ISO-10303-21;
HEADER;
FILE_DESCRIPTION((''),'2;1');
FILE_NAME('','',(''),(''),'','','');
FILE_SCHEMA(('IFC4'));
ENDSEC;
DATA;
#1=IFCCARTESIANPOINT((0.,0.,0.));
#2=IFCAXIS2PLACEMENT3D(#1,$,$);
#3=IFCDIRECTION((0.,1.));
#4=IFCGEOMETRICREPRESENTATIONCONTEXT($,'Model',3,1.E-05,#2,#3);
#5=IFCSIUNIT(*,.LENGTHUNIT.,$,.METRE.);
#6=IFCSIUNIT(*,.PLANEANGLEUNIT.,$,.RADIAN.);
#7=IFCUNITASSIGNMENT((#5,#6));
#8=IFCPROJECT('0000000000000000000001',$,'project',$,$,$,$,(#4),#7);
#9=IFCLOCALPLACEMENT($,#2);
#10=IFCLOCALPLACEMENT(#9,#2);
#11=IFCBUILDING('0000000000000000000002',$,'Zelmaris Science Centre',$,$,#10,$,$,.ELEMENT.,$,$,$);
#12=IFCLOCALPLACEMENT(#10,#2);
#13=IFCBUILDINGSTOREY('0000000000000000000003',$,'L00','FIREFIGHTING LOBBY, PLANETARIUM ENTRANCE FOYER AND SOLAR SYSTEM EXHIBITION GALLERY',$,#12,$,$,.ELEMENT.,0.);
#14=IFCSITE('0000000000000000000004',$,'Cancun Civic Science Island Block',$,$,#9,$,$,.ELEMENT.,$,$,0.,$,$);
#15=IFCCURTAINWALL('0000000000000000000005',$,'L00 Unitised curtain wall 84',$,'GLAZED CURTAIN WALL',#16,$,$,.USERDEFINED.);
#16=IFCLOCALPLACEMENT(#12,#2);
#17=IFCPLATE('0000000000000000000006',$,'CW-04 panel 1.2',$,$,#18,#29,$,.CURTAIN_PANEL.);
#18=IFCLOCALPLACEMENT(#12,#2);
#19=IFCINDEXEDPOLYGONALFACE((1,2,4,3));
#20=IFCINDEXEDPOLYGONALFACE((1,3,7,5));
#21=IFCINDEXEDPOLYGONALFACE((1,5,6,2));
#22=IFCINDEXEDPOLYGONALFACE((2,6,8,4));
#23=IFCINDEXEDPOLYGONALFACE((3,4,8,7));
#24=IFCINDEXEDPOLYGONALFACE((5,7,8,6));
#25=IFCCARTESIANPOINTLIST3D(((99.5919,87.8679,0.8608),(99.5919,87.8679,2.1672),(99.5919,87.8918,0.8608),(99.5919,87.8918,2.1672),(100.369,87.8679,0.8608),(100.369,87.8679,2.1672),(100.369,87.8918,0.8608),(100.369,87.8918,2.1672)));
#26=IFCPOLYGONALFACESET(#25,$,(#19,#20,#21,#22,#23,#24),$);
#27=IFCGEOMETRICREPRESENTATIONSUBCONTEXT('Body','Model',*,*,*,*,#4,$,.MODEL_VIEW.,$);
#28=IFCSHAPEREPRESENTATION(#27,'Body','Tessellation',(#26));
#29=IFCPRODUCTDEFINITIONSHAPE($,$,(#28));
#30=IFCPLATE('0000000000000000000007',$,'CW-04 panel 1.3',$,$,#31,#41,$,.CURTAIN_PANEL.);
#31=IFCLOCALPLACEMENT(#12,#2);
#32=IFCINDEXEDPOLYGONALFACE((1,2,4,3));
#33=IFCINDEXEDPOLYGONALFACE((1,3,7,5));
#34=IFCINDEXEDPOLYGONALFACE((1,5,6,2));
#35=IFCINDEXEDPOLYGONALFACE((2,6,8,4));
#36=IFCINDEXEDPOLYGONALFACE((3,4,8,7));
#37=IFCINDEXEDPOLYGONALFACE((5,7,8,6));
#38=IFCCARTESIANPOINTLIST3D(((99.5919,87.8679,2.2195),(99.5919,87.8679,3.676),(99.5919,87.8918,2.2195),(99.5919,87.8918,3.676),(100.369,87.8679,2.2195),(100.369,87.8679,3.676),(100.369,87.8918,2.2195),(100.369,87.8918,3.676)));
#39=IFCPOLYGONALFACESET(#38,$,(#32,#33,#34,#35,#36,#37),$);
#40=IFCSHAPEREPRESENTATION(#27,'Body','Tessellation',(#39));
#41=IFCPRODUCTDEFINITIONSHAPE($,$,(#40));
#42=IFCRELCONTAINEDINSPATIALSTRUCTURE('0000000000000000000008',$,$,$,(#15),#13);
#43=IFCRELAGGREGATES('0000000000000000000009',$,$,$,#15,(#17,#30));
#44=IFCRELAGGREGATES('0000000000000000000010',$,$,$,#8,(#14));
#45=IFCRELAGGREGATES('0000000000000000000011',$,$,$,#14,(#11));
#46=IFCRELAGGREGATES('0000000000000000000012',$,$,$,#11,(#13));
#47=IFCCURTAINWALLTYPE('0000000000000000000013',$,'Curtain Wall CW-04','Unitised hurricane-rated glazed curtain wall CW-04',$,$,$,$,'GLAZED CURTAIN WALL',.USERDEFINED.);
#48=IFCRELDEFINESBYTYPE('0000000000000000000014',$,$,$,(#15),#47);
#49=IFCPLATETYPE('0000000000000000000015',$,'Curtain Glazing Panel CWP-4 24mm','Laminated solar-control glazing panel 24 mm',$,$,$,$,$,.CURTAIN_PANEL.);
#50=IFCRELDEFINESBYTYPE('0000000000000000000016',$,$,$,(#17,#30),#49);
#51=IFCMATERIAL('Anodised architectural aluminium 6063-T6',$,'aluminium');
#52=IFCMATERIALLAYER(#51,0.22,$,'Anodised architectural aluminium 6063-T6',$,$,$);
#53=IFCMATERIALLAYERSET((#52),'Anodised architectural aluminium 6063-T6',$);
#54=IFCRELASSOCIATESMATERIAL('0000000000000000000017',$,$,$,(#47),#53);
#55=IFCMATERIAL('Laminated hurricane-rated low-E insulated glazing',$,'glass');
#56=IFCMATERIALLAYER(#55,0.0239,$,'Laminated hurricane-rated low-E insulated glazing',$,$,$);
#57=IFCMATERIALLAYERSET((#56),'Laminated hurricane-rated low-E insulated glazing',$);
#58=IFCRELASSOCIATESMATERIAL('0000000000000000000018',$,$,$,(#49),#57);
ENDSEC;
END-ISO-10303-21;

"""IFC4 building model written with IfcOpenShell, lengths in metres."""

from ifc_helpers import new_model, si_unit, direction, frame, origin, origin_2d, place, context, subcontext, project, spatial, rectangle, extrude, material, layer, layer_set, type_object, element, aggregate, save


model = new_model("IFC4")

# Units and contexts
model_context = context("Model", 3, precision=1e-05, world=origin(), true_north=direction((0.0, 1.0)))
body_context = subcontext(model_context, "Body", "Model", "MODEL_VIEW")
ifc_project = project(units=[si_unit("LENGTHUNIT", "METRE"), si_unit("PLANEANGLEUNIT", "RADIAN")], contexts=[model_context])

# Site, building, storey
site_placement = place(None, origin())
site = spatial("IfcSite", under=ifc_project, at=site_placement, Name="Cancun Civic Science Island Block", CompositionType="ELEMENT", RefElevation=0.0)
building_placement = place(site_placement, origin())
building = spatial("IfcBuilding", under=site, at=building_placement, Name="Zelmaris Science Centre", CompositionType="ELEMENT")
storey_placement = place(building_placement, origin())
storey = spatial("IfcBuildingStorey", under=building, at=storey_placement, Name="L00", Description="FIREFIGHTING LOBBY, PLANETARIUM ENTRANCE FOYER AND SOLAR SYSTEM EXHIBITION GALLERY", CompositionType="ELEMENT", Elevation=0.0)

# Curtain wall
ifc_material_1 = material(Name="Anodised architectural aluminium 6063-T6", Category="aluminium")
ifc_layer_1 = layer(ifc_material_1, 0.22, Name="Anodised architectural aluminium 6063-T6")
ifc_layer_set_1 = layer_set([ifc_layer_1], Name="Anodised architectural aluminium 6063-T6")
curtain_wall_type_1 = type_object("IfcCurtainWallType", Name="Curtain Wall CW-04", Description="Unitised hurricane-rated glazed curtain wall CW-04", ElementType="GLAZED CURTAIN WALL", PredefinedType="USERDEFINED", material=ifc_layer_set_1)
curtain_wall_1_placement = place(storey_placement, origin())
curtain_wall_1 = element("IfcCurtainWall", 1, at=curtain_wall_1_placement, inside=storey, type_object=curtain_wall_type_1, Name="L00 Unitised curtain wall 84", ObjectType="GLAZED CURTAIN WALL", PredefinedType="USERDEFINED")

# Plates
ifc_material_2 = material(Name="Laminated hurricane-rated low-E insulated glazing", Category="glass")
ifc_layer_2 = layer(ifc_material_2, 0.0239, Name="Laminated hurricane-rated low-E insulated glazing")
ifc_layer_set_2 = layer_set([ifc_layer_2], Name="Laminated hurricane-rated low-E insulated glazing")
plate_type_1 = type_object("IfcPlateType", Name="Curtain Glazing Panel CWP-4 24mm", Description="Laminated solar-control glazing panel 24 mm", PredefinedType="CURTAIN_PANEL", material=ifc_layer_set_2)
plate_1_placement = place(storey_placement, frame((99.9805, 87.8799, 0.8608), z_axis=(0.0, 0.0, 1.0), x_axis=(1.0, 0.0, 0.0)))
plate_1 = element("IfcPlate", 2, at=plate_1_placement, type_object=plate_type_1, Name="CW-04 panel 1.2", PredefinedType="CURTAIN_PANEL", context=body_context, shape_type="SweptSolid", body=[
    extrude(rectangle(XDim=0.7771, YDim=0.0239, at=origin_2d()), origin(), (0.0, 0.0, 1.0), 1.3064),
])
plate_2_placement = place(storey_placement, frame((99.9805, 87.8799, 2.2195), z_axis=(0.0, 0.0, 1.0), x_axis=(1.0, 0.0, 0.0)))
plate_2 = element("IfcPlate", 3, at=plate_2_placement, type_object=plate_type_1, Name="CW-04 panel 1.3", PredefinedType="CURTAIN_PANEL", context=body_context, shape_type="SweptSolid", body=[
    extrude(rectangle(XDim=0.7771, YDim=0.0239, at=origin_2d()), origin(), (0.0, 0.0, 1.0), 1.4565),
])
aggregate(curtain_wall_1, [plate_1, plate_2])

save(model, "model.ifc")
